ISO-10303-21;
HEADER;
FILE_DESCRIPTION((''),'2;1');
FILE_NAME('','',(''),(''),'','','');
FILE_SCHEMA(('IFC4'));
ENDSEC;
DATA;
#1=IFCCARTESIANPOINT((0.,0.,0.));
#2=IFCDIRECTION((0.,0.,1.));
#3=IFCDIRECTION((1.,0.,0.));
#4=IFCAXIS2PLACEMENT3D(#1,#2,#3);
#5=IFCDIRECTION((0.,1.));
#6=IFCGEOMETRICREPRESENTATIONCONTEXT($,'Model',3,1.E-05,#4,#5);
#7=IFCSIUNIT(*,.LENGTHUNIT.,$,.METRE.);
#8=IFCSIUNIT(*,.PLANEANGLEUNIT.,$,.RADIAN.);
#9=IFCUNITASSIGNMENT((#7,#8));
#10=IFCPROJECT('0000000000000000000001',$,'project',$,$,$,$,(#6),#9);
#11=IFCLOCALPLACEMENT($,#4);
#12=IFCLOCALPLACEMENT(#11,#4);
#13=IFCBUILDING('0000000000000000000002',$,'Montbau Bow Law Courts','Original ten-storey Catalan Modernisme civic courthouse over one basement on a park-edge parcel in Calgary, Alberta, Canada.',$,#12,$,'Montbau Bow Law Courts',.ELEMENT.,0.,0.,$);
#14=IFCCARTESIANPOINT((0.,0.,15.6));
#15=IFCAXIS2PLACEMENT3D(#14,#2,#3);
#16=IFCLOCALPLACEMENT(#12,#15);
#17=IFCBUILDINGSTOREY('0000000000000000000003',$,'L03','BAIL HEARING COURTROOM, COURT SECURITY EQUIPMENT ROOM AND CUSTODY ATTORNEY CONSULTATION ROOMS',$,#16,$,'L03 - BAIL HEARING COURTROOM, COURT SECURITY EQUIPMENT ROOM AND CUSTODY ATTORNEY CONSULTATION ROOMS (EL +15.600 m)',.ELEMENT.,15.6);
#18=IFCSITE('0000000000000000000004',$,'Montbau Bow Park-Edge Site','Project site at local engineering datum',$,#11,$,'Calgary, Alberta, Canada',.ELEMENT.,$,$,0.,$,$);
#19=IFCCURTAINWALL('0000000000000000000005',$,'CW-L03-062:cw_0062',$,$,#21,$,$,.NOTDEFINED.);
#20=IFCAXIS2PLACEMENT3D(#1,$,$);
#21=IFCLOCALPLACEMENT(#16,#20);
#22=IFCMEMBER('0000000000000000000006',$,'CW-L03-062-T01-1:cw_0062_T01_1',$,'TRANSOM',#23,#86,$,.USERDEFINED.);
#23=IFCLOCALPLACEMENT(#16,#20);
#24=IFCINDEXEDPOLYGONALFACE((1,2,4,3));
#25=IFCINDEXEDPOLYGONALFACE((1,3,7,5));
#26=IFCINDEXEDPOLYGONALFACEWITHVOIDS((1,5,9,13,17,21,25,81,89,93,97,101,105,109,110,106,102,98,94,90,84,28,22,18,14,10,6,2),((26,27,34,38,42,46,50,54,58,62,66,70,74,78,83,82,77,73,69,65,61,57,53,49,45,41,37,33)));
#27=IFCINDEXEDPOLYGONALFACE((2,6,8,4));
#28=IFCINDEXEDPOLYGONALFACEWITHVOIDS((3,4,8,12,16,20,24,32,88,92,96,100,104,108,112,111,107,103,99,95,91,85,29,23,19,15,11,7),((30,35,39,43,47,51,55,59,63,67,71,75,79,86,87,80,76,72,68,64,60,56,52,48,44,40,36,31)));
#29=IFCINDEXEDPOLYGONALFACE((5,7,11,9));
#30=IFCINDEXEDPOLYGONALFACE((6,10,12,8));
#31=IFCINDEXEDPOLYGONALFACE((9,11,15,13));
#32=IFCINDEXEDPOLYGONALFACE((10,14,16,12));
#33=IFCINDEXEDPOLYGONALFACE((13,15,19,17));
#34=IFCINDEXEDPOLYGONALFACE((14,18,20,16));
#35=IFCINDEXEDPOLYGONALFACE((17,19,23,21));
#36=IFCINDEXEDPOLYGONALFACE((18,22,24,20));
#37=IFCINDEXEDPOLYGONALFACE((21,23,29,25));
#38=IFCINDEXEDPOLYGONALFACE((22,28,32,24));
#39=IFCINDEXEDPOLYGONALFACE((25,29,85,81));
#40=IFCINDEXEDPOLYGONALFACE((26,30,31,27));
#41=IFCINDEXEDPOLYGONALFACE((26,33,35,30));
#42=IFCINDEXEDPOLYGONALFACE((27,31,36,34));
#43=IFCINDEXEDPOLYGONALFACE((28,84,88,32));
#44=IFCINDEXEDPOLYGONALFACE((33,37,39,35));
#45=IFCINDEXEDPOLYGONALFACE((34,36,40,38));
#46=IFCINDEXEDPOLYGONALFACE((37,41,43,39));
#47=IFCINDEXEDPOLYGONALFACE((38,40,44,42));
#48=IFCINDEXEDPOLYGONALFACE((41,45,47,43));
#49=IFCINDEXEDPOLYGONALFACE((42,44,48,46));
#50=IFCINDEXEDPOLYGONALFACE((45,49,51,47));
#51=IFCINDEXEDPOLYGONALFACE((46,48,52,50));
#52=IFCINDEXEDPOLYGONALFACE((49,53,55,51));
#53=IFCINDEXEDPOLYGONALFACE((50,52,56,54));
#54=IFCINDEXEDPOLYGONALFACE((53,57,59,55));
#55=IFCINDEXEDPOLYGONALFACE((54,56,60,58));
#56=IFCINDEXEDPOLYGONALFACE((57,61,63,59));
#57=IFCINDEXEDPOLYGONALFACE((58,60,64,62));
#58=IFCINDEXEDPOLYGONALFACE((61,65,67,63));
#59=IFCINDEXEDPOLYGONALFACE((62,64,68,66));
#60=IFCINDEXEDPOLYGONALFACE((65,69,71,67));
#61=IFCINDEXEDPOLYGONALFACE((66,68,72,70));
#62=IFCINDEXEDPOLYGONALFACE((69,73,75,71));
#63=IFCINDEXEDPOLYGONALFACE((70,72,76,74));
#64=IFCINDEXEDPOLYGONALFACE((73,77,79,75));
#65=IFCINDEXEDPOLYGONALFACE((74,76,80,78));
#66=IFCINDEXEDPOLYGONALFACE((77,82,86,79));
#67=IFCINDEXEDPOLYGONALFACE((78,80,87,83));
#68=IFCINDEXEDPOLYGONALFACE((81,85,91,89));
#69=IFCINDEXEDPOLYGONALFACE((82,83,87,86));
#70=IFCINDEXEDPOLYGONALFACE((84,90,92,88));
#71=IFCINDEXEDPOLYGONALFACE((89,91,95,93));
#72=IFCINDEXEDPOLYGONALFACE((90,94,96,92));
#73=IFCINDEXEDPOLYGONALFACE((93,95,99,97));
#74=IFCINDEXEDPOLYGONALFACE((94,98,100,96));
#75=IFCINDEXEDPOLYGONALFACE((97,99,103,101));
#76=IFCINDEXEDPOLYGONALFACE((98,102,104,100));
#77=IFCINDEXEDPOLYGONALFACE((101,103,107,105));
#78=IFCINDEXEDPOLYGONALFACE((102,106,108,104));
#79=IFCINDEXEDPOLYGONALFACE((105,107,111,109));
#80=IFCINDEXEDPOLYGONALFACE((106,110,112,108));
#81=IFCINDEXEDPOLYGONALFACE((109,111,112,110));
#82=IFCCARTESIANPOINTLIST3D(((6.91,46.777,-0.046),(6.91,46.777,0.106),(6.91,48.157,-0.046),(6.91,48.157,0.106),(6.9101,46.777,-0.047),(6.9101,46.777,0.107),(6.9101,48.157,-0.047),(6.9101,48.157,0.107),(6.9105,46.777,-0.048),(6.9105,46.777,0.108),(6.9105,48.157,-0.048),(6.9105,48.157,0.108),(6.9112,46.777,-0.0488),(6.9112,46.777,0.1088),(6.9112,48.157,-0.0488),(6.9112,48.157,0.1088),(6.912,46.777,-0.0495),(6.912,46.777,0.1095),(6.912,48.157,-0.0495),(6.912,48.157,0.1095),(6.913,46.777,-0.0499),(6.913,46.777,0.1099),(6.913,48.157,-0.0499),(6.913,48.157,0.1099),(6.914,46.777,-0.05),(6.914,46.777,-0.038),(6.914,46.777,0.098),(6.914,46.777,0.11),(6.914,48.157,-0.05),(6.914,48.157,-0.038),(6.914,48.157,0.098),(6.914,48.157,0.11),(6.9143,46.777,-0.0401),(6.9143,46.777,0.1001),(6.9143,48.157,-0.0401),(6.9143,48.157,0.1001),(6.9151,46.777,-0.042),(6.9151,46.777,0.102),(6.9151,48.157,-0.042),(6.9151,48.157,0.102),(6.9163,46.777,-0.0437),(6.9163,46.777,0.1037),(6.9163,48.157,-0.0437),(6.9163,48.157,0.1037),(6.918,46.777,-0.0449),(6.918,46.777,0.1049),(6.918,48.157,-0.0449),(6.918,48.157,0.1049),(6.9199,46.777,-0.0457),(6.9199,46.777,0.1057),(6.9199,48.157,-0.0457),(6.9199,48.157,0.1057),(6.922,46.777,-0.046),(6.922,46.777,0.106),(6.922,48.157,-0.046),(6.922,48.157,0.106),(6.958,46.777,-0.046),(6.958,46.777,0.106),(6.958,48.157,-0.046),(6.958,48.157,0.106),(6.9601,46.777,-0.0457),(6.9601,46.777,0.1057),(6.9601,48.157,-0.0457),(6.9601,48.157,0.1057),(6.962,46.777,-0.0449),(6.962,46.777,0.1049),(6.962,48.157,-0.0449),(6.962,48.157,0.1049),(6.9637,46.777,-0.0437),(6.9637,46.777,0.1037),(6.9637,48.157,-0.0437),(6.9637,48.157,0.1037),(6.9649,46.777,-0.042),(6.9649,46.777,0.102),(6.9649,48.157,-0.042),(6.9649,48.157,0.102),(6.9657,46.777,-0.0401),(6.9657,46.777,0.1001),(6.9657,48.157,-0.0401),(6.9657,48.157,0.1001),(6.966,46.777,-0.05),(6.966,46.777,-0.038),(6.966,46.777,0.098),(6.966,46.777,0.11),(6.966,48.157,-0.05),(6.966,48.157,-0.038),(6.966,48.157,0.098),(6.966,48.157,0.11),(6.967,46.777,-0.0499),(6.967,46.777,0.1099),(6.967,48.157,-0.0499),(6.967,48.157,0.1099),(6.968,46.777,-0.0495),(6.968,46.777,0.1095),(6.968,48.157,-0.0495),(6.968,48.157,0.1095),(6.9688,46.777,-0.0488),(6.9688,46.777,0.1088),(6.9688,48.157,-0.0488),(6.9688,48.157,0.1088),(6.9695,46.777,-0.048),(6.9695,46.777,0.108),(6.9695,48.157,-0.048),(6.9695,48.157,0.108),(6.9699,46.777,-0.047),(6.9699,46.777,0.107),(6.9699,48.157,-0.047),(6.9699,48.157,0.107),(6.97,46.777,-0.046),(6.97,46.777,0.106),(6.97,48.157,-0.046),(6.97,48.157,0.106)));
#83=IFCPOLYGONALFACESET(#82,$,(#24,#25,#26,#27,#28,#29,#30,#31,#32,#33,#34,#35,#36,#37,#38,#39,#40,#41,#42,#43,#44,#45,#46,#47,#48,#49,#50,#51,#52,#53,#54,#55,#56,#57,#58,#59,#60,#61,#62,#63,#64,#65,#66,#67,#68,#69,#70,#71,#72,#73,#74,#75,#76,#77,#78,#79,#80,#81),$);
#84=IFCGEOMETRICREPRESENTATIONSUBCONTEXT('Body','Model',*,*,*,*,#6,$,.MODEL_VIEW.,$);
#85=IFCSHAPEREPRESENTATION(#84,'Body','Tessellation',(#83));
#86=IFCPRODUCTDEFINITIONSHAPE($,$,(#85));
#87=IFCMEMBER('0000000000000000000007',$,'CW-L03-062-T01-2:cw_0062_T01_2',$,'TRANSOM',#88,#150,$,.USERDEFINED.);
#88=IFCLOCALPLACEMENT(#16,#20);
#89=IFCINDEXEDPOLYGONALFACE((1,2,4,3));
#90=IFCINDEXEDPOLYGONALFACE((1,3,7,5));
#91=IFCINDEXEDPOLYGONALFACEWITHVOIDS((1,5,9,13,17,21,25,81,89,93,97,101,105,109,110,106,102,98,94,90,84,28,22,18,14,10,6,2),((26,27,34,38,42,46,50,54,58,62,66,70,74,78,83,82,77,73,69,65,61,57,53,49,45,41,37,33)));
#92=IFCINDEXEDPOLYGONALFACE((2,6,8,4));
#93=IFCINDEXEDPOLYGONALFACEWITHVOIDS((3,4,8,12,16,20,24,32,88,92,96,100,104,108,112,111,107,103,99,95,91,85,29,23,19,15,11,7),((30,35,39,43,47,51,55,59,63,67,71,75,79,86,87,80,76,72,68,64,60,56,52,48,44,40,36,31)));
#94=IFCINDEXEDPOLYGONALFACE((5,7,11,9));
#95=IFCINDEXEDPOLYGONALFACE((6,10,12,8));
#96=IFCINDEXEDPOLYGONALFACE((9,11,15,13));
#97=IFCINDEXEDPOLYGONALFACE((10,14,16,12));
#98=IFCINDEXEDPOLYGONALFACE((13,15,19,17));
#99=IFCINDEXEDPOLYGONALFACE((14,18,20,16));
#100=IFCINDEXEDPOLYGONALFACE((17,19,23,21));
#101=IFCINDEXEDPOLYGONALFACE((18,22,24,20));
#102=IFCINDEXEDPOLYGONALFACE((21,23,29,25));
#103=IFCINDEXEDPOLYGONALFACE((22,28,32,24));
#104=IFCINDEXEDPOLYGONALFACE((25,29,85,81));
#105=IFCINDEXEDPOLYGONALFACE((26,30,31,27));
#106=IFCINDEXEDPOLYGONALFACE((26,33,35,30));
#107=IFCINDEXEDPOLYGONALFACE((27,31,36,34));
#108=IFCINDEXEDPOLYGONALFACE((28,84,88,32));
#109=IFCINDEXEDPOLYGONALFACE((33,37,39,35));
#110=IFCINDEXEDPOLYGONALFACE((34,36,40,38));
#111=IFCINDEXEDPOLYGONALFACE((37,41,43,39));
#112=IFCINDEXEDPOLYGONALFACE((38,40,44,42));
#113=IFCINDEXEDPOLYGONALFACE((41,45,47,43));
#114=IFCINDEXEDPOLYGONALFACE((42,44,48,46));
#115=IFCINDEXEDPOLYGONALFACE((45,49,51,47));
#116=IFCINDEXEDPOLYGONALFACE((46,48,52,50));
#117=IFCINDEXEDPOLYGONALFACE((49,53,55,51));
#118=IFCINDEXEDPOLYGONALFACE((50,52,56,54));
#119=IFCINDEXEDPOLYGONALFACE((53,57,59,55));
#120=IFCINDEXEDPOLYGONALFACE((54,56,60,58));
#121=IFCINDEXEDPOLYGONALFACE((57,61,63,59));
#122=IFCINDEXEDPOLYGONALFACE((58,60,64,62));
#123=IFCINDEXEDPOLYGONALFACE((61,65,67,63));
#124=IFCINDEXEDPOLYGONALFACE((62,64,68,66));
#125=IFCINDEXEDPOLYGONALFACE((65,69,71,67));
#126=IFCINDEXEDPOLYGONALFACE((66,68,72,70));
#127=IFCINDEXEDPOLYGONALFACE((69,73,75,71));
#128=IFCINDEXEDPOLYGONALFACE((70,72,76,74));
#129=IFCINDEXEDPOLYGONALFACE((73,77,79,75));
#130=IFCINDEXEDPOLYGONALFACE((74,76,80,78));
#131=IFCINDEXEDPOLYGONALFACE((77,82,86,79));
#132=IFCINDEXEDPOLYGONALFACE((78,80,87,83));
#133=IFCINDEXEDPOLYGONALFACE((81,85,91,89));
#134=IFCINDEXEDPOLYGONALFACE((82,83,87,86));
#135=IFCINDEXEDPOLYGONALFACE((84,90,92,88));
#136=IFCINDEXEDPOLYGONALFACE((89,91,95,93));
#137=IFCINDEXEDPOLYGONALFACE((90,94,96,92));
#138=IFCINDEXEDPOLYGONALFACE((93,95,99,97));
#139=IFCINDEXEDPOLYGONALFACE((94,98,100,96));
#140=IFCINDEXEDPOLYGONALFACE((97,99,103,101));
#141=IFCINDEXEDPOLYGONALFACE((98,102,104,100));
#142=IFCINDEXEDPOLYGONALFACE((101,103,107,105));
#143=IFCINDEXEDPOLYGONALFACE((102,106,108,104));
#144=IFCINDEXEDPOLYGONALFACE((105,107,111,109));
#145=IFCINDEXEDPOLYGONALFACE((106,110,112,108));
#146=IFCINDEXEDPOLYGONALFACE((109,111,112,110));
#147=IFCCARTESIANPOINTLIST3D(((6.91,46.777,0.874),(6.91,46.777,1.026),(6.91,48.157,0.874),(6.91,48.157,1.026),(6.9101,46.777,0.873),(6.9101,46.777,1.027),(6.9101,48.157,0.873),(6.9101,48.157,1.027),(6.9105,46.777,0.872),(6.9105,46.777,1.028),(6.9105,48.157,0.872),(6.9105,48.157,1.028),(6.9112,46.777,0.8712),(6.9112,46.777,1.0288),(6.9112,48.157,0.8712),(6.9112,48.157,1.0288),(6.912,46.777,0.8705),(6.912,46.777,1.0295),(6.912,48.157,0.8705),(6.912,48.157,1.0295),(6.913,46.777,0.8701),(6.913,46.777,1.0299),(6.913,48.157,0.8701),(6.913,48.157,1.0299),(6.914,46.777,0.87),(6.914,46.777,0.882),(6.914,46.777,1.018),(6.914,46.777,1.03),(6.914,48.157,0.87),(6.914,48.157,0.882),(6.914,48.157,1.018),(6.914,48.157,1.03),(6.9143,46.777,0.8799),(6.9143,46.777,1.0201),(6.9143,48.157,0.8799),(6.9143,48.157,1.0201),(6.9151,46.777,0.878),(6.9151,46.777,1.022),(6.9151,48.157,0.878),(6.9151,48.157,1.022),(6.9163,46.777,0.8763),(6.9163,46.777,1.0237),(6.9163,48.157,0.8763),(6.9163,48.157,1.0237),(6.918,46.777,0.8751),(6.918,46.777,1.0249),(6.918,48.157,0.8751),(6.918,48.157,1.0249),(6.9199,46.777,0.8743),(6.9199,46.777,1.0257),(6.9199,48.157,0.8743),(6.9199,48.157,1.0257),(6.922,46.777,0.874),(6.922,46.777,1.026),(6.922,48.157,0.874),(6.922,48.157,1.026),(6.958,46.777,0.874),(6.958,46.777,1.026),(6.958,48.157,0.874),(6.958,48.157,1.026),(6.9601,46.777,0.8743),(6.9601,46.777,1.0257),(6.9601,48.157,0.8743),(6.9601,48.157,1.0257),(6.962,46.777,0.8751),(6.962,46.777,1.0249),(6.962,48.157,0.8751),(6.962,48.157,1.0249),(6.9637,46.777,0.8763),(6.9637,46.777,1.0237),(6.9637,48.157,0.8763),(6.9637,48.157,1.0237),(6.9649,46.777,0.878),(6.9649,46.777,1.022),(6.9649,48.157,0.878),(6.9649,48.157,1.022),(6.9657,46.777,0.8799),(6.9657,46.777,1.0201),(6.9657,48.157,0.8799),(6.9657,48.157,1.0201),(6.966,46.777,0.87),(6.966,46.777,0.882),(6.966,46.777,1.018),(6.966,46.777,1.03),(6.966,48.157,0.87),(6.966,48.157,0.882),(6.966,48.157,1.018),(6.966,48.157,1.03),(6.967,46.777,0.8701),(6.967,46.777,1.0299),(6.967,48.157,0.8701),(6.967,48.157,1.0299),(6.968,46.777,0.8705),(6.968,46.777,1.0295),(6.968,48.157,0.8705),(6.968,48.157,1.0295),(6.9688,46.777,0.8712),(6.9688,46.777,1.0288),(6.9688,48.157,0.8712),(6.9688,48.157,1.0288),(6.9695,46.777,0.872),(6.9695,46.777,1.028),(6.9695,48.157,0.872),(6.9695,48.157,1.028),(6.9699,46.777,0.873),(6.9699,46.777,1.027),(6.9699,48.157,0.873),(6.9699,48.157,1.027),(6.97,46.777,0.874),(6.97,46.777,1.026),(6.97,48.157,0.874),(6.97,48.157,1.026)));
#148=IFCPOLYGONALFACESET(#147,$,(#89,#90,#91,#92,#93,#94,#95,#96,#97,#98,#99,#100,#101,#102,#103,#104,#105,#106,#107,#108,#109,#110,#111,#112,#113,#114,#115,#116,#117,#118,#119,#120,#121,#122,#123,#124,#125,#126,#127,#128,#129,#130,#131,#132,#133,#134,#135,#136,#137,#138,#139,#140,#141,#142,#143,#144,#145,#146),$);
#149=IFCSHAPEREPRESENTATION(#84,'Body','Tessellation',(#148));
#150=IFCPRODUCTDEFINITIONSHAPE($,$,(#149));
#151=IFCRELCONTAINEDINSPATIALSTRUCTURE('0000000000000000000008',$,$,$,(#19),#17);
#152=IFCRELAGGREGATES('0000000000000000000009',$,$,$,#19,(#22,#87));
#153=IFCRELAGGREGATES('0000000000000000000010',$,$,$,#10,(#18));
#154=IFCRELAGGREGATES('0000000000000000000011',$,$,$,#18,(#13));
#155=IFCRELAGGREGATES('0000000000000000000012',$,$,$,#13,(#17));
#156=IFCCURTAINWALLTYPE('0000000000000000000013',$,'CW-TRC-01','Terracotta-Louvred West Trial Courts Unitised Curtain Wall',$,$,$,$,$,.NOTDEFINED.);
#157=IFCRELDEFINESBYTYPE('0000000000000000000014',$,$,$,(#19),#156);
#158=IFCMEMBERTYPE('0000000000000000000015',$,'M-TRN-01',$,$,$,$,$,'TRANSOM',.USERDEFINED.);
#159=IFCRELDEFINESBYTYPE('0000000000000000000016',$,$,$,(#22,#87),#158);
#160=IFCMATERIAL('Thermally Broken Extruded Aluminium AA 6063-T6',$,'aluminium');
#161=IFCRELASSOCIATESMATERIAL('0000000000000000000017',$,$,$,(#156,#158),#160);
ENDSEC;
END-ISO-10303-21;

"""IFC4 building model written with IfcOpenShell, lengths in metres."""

from ifc_helpers import new_model, si_unit, direction, frame, origin_with_axes, origin_2d_with_axis, place, context, subcontext, project, spatial, hollow_rectangle, extrude, material, material_profile, profile_set, type_object, element, aggregate, save


model = new_model("IFC4")

# Units and contexts
model_context = context("Model", 3, precision=1e-05, world=origin_with_axes(), true_north=direction((0.0, 1.0)))
body_context = subcontext(model_context, "Body", "Model", "MODEL_VIEW")
ifc_project = project(units=[si_unit("LENGTHUNIT", "METRE"), si_unit("PLANEANGLEUNIT", "RADIAN")], contexts=[model_context])

# Site, building, storey
site_placement = place(None, origin_with_axes())
site = spatial("IfcSite", under=ifc_project, at=site_placement, Name="Montbau Bow Park-Edge Site", Description="Project site at local engineering datum", LongName="Calgary, Alberta, Canada", CompositionType="ELEMENT", RefElevation=0.0)
building_placement = place(site_placement, origin_with_axes())
building = spatial("IfcBuilding", under=site, at=building_placement, Name="Montbau Bow Law Courts", Description="Original ten-storey Catalan Modernisme civic courthouse over one basement on a park-edge parcel in Calgary, Alberta, Canada.", LongName="Montbau Bow Law Courts", CompositionType="ELEMENT", ElevationOfRefHeight=0.0, ElevationOfTerrain=0.0)
storey_placement = place(building_placement, frame((0.0, 0.0, 15.6), z_axis=(0.0, 0.0, 1.0), x_axis=(1.0, 0.0, 0.0)))
storey = spatial("IfcBuildingStorey", under=building, at=storey_placement, Name="L03", Description="BAIL HEARING COURTROOM, COURT SECURITY EQUIPMENT ROOM AND CUSTODY ATTORNEY CONSULTATION ROOMS", LongName="L03 - BAIL HEARING COURTROOM, COURT SECURITY EQUIPMENT ROOM AND CUSTODY ATTORNEY CONSULTATION ROOMS (EL +15.600 m)", CompositionType="ELEMENT", Elevation=15.6)

# Shared definitions
ifc_material_1 = material(Name="Thermally Broken Extruded Aluminium AA 6063-T6", Category="aluminium")
curtain_wall_type = type_object("IfcCurtainWallType", Name="CW-TRC-01", Description="Terracotta-Louvred West Trial Courts Unitised Curtain Wall", PredefinedType="NOTDEFINED", material=ifc_material_1)

# Curtain wall, members
curtain_wall_1_placement = place(None, frame((6.94, 46.715, 15.6), z_axis=(0.0, 0.0, 1.0), x_axis=(1.0, 0.0, 0.0)))
curtain_wall_1 = element("IfcCurtainWall", 1, at=curtain_wall_1_placement, inside=storey, type_object=curtain_wall_type, Name="CW-L03-062:cw_0062", PredefinedType="NOTDEFINED")
ifc_material_profile_1 = material_profile(ifc_material_1, hollow_rectangle(XDim=0.06, YDim=0.16, WallThickness=0.004, InnerFilletRadius=0.008, OuterFilletRadius=0.004, at=origin_2d_with_axis()), Name="CWT-160X60", Category="Main", Priority=0)
ifc_profile_set_1 = profile_set([ifc_material_profile_1], Name="Thermally Broken Extruded Aluminium AA 6063-T6")
member_type_1 = type_object("IfcMemberType", Name="M-TRN-01", ElementType="TRANSOM", PredefinedType="USERDEFINED", material=ifc_profile_set_1)
member_1_placement = place(None, frame((6.94, 46.777, 15.63), z_axis=(0.0, 1.0, 0.0), x_axis=(-1.0, 0.0, 0.0)))
member_1 = element("IfcMember", 2, at=member_1_placement, type_object=member_type_1, Name="CW-L03-062-T01-1:cw_0062_T01_1", ObjectType="TRANSOM", PredefinedType="USERDEFINED", context=body_context, shape_type="SweptSolid", body=[
    extrude(hollow_rectangle(XDim=0.06, YDim=0.16, WallThickness=0.004, InnerFilletRadius=0.008, OuterFilletRadius=0.004, at=origin_2d_with_axis()), origin_with_axes(), (0.0, 0.0, 1.0), 1.38),
])
member_2_placement = place(None, frame((6.94, 46.777, 16.55), z_axis=(0.0, 1.0, 0.0), x_axis=(-1.0, 0.0, 0.0)))
member_2 = element("IfcMember", 3, at=member_2_placement, type_object=member_type_1, Name="CW-L03-062-T01-2:cw_0062_T01_2", ObjectType="TRANSOM", PredefinedType="USERDEFINED", context=body_context, shape_type="SweptSolid", body=[
    extrude(hollow_rectangle(XDim=0.06, YDim=0.16, WallThickness=0.004, InnerFilletRadius=0.008, OuterFilletRadius=0.004, at=origin_2d_with_axis()), origin_with_axes(), (0.0, 0.0, 1.0), 1.38),
])
aggregate(curtain_wall_1, [member_1, member_2])

save(model, "model.ifc")
